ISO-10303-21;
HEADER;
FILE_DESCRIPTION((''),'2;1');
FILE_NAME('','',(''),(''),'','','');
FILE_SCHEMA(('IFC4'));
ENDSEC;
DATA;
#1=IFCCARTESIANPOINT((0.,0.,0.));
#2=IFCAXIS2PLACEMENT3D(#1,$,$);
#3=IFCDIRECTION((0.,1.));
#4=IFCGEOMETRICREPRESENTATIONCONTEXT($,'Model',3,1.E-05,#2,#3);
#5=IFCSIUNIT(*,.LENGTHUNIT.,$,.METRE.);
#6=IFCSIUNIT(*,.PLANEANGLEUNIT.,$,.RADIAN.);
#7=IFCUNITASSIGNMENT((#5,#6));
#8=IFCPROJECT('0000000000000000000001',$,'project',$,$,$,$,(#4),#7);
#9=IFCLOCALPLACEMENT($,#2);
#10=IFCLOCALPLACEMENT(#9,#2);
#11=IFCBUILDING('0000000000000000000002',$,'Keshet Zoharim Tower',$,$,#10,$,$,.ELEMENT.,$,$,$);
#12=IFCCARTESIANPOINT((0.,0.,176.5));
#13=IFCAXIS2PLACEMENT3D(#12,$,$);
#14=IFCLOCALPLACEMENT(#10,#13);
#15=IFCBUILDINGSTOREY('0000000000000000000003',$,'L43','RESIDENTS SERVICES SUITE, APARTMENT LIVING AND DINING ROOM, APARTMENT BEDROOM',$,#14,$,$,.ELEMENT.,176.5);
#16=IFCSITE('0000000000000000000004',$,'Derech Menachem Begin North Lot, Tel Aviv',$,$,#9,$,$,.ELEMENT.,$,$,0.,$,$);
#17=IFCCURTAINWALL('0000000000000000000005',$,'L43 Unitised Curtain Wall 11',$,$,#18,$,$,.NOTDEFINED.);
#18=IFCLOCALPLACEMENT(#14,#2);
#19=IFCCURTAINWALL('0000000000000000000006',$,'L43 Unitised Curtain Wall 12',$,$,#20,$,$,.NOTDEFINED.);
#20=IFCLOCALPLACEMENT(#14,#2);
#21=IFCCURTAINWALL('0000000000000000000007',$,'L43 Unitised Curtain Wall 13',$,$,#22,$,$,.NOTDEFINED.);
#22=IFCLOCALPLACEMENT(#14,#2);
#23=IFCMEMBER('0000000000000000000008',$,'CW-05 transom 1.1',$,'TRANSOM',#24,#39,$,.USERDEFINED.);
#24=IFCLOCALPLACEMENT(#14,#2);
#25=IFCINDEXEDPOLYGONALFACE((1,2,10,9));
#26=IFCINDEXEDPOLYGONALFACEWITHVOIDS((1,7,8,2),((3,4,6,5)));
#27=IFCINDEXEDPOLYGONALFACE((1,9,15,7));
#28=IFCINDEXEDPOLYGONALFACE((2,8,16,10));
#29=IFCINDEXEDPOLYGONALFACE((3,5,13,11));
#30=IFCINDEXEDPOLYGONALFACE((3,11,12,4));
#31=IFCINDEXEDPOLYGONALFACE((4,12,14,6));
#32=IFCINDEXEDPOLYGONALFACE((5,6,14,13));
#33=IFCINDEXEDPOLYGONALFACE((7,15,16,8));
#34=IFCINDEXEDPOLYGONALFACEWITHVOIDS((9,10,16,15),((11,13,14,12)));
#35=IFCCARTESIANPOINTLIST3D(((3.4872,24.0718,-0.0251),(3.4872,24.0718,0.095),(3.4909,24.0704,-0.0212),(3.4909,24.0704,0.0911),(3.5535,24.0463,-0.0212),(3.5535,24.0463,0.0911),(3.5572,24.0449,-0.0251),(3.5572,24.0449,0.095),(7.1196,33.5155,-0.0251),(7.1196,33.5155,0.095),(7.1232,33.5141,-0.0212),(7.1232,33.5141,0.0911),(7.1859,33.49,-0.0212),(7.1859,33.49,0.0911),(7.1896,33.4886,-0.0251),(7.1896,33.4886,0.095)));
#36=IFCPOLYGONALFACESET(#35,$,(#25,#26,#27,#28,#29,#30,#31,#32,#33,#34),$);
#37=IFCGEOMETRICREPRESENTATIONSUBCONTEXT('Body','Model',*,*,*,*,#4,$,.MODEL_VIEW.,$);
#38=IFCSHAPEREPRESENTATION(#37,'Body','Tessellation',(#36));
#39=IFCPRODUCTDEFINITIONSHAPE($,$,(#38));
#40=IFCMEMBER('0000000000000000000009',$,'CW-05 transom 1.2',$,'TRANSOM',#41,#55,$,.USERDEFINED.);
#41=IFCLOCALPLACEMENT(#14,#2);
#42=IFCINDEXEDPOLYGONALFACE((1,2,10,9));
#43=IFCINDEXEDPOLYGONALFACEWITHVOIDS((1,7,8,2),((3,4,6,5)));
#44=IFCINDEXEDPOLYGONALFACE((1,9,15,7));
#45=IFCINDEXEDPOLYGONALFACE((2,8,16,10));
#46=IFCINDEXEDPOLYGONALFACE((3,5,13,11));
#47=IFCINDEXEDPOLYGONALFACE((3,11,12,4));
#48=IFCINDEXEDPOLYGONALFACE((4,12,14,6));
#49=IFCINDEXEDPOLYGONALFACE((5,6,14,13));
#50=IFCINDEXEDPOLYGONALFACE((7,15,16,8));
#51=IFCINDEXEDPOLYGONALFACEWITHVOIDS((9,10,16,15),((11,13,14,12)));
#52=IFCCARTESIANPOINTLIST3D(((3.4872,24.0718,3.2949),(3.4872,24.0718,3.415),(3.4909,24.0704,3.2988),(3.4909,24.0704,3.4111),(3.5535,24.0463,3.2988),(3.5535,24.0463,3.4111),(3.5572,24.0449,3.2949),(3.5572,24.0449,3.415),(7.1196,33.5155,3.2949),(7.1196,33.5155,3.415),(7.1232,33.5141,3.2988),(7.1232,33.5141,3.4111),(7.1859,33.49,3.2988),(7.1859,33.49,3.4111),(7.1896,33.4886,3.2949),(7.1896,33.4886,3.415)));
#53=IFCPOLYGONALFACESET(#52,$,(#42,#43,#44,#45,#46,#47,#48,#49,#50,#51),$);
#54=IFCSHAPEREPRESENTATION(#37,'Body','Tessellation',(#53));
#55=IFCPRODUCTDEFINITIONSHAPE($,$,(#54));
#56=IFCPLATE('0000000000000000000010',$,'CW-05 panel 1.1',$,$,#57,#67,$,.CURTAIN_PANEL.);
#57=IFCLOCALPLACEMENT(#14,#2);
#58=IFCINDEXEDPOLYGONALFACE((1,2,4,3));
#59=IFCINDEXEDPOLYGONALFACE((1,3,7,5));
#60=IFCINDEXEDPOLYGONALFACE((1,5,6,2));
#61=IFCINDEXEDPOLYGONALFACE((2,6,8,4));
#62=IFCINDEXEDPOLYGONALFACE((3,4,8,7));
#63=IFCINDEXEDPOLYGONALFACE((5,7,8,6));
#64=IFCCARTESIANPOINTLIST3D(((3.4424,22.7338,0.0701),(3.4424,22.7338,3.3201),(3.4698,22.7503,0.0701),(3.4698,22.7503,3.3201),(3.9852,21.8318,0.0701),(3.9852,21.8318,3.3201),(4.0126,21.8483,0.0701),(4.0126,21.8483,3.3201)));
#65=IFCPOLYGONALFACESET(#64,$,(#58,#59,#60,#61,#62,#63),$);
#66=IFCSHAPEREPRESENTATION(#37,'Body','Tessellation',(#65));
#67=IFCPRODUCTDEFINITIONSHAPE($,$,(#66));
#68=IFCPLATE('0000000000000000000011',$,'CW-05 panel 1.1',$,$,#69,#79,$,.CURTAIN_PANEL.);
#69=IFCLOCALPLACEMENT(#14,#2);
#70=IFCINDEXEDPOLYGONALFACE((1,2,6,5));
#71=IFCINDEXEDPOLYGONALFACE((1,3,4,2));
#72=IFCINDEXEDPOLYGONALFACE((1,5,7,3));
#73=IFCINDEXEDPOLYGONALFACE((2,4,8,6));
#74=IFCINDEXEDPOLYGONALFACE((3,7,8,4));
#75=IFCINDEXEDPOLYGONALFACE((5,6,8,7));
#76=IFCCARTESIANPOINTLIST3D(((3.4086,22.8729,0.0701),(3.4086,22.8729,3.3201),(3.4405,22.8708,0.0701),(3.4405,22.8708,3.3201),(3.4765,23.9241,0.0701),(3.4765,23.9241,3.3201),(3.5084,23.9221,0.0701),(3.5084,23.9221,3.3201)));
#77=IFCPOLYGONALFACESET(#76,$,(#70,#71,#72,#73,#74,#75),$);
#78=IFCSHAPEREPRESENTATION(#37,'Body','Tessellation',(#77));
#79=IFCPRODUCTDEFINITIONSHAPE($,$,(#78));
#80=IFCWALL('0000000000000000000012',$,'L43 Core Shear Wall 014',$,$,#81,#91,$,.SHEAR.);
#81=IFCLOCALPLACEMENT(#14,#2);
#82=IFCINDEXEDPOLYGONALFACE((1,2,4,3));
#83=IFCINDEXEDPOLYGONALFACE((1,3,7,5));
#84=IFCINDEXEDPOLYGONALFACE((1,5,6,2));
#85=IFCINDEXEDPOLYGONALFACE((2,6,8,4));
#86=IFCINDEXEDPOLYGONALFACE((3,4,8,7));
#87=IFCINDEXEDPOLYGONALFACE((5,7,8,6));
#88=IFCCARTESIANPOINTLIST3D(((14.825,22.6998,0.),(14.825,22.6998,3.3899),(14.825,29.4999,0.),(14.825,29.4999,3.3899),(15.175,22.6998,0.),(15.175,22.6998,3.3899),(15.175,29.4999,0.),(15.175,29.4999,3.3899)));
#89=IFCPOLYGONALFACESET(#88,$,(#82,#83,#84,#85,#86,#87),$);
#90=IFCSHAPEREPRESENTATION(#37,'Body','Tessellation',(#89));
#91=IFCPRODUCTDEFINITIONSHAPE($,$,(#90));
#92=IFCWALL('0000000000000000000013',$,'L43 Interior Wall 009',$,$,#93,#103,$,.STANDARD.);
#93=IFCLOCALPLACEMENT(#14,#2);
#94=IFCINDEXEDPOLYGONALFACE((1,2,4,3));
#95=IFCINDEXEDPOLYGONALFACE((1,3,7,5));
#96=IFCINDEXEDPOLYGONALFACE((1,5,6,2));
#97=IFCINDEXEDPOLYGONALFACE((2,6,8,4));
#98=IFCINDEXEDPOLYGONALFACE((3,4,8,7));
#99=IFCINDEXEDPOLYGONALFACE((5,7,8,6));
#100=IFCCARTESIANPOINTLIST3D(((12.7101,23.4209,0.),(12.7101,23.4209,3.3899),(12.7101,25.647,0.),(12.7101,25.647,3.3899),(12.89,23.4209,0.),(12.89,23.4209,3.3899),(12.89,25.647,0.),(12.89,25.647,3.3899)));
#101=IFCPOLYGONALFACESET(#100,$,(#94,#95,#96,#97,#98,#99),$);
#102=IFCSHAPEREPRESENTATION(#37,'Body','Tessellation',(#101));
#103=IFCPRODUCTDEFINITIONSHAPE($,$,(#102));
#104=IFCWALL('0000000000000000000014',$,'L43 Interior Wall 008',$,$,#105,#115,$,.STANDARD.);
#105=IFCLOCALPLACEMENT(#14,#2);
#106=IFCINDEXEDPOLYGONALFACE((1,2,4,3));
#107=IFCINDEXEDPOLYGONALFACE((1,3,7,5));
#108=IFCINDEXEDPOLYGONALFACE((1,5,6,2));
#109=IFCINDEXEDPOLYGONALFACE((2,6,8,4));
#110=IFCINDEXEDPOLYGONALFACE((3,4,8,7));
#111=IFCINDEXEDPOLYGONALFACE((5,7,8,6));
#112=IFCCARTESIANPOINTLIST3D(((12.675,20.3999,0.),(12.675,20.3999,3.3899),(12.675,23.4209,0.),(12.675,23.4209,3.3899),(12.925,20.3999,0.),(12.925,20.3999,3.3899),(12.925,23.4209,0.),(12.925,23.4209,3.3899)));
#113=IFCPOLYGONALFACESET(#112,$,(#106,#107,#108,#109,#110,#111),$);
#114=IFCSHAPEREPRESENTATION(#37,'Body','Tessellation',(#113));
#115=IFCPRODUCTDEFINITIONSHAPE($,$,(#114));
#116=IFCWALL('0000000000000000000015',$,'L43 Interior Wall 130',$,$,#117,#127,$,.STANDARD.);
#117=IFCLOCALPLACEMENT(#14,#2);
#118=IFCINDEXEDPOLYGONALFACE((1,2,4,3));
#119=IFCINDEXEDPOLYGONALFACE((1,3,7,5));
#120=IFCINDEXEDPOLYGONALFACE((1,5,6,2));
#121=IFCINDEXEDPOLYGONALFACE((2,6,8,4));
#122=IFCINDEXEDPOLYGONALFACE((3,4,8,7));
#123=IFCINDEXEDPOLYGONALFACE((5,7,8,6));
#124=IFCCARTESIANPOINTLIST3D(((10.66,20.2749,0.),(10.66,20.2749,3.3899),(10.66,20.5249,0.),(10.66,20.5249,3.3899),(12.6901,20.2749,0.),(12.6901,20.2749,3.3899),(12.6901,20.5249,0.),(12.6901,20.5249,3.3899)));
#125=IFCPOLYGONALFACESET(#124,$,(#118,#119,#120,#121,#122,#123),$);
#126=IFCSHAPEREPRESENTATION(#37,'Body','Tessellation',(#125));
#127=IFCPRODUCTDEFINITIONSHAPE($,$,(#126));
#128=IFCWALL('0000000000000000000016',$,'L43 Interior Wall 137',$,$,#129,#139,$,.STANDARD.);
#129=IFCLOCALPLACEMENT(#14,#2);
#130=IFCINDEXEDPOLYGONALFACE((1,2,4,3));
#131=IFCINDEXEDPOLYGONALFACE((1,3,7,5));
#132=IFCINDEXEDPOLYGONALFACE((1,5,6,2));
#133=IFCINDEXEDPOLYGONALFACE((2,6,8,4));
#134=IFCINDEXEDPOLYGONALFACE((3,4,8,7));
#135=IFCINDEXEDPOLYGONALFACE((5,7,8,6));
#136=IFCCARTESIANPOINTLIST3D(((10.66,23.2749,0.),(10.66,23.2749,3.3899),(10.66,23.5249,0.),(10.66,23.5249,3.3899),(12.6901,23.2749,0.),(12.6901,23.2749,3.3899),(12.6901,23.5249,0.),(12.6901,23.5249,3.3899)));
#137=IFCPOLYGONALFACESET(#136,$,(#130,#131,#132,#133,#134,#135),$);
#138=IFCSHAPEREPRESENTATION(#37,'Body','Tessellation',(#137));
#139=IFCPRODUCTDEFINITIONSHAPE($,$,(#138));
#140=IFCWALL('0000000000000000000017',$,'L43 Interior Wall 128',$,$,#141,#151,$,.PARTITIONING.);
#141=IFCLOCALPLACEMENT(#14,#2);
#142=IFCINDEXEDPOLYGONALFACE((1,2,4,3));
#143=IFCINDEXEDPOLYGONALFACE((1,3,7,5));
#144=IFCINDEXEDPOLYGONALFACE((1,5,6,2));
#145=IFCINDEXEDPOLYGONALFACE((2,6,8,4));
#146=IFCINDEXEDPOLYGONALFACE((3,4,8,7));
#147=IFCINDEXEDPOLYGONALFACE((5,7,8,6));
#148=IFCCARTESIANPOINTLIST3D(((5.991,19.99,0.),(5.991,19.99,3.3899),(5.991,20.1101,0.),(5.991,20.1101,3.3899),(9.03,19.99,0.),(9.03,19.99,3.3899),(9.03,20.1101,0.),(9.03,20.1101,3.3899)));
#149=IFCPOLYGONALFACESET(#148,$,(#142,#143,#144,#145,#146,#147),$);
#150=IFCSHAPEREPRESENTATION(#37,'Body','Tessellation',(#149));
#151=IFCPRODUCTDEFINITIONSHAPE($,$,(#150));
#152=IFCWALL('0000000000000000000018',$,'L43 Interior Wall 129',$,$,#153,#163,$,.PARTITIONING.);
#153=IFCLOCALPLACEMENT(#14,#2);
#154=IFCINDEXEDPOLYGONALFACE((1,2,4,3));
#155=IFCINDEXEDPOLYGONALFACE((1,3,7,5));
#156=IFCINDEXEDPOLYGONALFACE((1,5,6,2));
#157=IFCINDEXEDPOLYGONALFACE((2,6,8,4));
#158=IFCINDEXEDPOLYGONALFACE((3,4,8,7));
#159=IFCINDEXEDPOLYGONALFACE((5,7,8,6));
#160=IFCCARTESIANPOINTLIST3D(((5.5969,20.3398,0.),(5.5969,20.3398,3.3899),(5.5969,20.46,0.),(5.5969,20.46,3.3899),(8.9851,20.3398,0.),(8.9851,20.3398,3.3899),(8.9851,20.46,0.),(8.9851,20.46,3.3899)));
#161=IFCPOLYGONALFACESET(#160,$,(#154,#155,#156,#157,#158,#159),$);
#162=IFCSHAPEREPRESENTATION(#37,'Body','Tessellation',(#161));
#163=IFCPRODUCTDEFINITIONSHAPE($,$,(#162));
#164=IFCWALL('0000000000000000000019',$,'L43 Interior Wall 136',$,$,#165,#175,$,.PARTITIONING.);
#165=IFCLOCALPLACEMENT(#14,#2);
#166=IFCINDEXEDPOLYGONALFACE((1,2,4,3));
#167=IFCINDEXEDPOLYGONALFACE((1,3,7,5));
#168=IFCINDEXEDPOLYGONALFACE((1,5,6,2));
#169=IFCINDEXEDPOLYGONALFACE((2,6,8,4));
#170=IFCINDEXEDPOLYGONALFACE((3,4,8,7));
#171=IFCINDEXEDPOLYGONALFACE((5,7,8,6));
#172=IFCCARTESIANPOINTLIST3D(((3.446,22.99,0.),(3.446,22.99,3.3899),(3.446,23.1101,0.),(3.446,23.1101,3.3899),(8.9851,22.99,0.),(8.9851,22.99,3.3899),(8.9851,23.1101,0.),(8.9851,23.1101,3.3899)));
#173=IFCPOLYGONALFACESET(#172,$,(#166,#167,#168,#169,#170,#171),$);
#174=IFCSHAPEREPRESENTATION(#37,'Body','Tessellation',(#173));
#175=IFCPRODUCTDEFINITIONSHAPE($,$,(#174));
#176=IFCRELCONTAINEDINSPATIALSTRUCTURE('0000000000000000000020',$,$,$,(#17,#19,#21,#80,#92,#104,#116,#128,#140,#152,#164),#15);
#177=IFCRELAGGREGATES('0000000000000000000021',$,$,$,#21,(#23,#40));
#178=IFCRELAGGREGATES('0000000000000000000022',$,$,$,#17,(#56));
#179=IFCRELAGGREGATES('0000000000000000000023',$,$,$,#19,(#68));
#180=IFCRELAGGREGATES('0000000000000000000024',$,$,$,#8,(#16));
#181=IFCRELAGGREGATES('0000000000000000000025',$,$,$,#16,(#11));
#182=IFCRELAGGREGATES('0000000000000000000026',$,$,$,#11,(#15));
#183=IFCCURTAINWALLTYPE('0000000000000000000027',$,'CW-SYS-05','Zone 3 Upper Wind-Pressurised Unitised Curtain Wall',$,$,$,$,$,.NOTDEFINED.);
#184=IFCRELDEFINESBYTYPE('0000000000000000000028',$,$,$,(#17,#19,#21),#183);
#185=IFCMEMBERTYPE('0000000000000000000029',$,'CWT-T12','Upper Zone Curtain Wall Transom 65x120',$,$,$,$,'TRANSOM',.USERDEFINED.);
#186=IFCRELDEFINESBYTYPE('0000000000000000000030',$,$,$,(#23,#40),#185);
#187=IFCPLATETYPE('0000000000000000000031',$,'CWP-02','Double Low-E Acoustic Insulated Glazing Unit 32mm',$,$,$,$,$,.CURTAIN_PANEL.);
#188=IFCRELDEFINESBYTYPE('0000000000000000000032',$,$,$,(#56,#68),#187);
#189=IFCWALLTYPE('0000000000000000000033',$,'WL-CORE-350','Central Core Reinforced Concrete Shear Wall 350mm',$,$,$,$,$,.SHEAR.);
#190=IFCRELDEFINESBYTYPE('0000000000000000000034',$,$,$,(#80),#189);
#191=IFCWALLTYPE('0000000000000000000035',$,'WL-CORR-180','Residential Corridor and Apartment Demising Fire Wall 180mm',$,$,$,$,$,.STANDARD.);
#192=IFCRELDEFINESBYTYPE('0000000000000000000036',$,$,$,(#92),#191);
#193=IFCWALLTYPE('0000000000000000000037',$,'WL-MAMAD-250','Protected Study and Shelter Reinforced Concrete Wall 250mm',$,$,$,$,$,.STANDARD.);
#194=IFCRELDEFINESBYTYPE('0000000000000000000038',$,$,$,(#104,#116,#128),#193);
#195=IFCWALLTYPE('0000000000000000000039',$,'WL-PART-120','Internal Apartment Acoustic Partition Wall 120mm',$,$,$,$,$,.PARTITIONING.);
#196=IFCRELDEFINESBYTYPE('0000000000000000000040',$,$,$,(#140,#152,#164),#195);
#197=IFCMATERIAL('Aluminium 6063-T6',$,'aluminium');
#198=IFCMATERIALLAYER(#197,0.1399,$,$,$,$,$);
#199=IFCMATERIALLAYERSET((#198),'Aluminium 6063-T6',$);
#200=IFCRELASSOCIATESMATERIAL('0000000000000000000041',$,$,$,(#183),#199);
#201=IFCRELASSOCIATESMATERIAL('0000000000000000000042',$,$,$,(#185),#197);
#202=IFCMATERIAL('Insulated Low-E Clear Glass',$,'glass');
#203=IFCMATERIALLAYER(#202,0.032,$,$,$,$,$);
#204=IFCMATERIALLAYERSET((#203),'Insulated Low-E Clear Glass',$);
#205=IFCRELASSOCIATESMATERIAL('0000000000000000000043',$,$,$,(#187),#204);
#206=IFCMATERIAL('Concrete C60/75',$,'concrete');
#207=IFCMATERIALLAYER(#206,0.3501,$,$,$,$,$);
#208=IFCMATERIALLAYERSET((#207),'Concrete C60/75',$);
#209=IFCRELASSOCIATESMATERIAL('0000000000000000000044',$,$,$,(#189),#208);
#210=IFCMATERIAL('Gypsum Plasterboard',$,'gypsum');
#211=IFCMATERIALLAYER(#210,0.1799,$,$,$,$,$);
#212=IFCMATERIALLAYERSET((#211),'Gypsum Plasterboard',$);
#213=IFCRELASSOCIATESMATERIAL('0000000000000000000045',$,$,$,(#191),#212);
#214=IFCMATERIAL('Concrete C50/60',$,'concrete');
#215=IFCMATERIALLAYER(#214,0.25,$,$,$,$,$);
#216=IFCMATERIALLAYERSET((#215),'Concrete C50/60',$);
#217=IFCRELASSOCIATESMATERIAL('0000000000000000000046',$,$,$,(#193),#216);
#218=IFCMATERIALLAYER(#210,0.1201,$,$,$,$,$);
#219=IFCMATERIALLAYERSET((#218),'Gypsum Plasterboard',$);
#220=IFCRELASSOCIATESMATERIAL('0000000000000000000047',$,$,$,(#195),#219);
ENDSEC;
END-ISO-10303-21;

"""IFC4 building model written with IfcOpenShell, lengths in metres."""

from ifc_helpers import new_model, si_unit, direction, frame, frame_2d, origin, origin_2d, place, context, subcontext, project, spatial, rectangle, hollow_rectangle, extrude, material, layer, layer_set, material_profile, profile_set, type_object, element, aggregate, save


model = new_model("IFC4")

# Units and contexts
model_context = context("Model", 3, precision=1e-05, world=origin(), true_north=direction((0.0, 1.0)))
body_context = subcontext(model_context, "Body", "Model", "MODEL_VIEW")
ifc_project = project(units=[si_unit("LENGTHUNIT", "METRE"), si_unit("PLANEANGLEUNIT", "RADIAN")], contexts=[model_context])

# Site, building, storey
site_placement = place(None, origin())
site = spatial("IfcSite", under=ifc_project, at=site_placement, Name="Derech Menachem Begin North Lot, Tel Aviv", CompositionType="ELEMENT", RefElevation=0.0)
building_placement = place(site_placement, origin())
building = spatial("IfcBuilding", under=site, at=building_placement, Name="Keshet Zoharim Tower", CompositionType="ELEMENT")
storey_placement = place(building_placement, frame((0.0, 0.0, 176.5)))
storey = spatial("IfcBuildingStorey", under=building, at=storey_placement, Name="L43", Description="RESIDENTS SERVICES SUITE, APARTMENT LIVING AND DINING ROOM, APARTMENT BEDROOM", CompositionType="ELEMENT", Elevation=176.5)

# Shared definitions
ifc_material_1 = material(Name="Concrete C60/75", Category="concrete")

# Shared definitions
ifc_material_2 = material(Name="Aluminium 6063-T6", Category="aluminium")
ifc_layer_1 = layer(ifc_material_2, 0.1399)
ifc_layer_set_1 = layer_set([ifc_layer_1], Name="Aluminium 6063-T6")
curtain_wall_type = type_object("IfcCurtainWallType", Name="CW-SYS-05", Description="Zone 3 Upper Wind-Pressurised Unitised Curtain Wall", PredefinedType="NOTDEFINED", material=ifc_layer_set_1)

# Curtain walls
curtain_wall_1_placement = place(storey_placement, origin())
curtain_wall_1 = element("IfcCurtainWall", 1, at=curtain_wall_1_placement, inside=storey, type_object=curtain_wall_type, Name="L43 Unitised Curtain Wall 11", PredefinedType="NOTDEFINED")
curtain_wall_2_placement = place(storey_placement, origin())
curtain_wall_2 = element("IfcCurtainWall", 2, at=curtain_wall_2_placement, inside=storey, type_object=curtain_wall_type, Name="L43 Unitised Curtain Wall 12", PredefinedType="NOTDEFINED")

# Curtain wall
curtain_wall_3_placement = place(storey_placement, origin())
curtain_wall_3 = element("IfcCurtainWall", 3, at=curtain_wall_3_placement, inside=storey, type_object=curtain_wall_type, Name="L43 Unitised Curtain Wall 13", PredefinedType="NOTDEFINED")

# Members
ifc_material_profile_1 = material_profile(ifc_material_2, hollow_rectangle(XDim=0.075, YDim=0.1201, WallThickness=0.0039, at=origin_2d()), Name="TRN-75x120")
ifc_profile_set_1 = profile_set([ifc_material_profile_1], Name="Aluminium 6063-T6")
member_type_1 = type_object("IfcMemberType", Name="CWT-T12", Description="Upper Zone Curtain Wall Transom 65x120", ElementType="TRANSOM", PredefinedType="USERDEFINED", material=ifc_profile_set_1)
member_1_placement = place(storey_placement, frame((3.5222, 24.0583, 0.0349), z_axis=(0.358994, 0.93334, 0.0), x_axis=(-0.93334, 0.358994, 0.0)))
member_1 = element("IfcMember", 4, at=member_1_placement, type_object=member_type_1, Name="CW-05 transom 1.1", ObjectType="TRANSOM", PredefinedType="USERDEFINED", context=body_context, shape_type="SweptSolid", body=[
    extrude(hollow_rectangle(XDim=0.075, YDim=0.1201, WallThickness=0.0039, at=origin_2d()), origin(), (0.0, 0.0, 1.0), 10.1182),
])
member_2_placement = place(storey_placement, frame((3.5222, 24.0583, 3.355), z_axis=(0.358994, 0.93334, 0.0), x_axis=(-0.93334, 0.358994, 0.0)))
member_2 = element("IfcMember", 5, at=member_2_placement, type_object=member_type_1, Name="CW-05 transom 1.2", ObjectType="TRANSOM", PredefinedType="USERDEFINED", context=body_context, shape_type="SweptSolid", body=[
    extrude(hollow_rectangle(XDim=0.075, YDim=0.1201, WallThickness=0.0039, at=origin_2d()), origin(), (0.0, 0.0, 1.0), 10.1182),
])
aggregate(curtain_wall_3, [member_1, member_2])

# Plates
ifc_material_3 = material(Name="Insulated Low-E Clear Glass", Category="glass")
ifc_layer_2 = layer(ifc_material_3, 0.032)
ifc_layer_set_2 = layer_set([ifc_layer_2], Name="Insulated Low-E Clear Glass")
plate_type = type_object("IfcPlateType", Name="CWP-02", Description="Double Low-E Acoustic Insulated Glazing Unit 32mm", PredefinedType="CURTAIN_PANEL", material=ifc_layer_set_2)
plate_1_placement = place(storey_placement, frame((3.7275, 22.291, 0.0701), z_axis=(0.0, 0.0, 1.0), x_axis=(-0.515605, 0.856826, 0.0)))
plate_1 = element("IfcPlate", 6, at=plate_1_placement, type_object=plate_type, Name="CW-05 panel 1.1", PredefinedType="CURTAIN_PANEL", context=body_context, shape_type="SweptSolid", body=[
    extrude(rectangle(XDim=1.0527, YDim=0.032, at=origin_2d()), origin(), (0.0, 0.0, 1.0), 3.25),
])
aggregate(curtain_wall_1, [plate_1])
plate_2_placement = place(storey_placement, frame((3.4585, 23.3975, 0.0701), z_axis=(0.0, 0.0, 1.0), x_axis=(0.064517, 0.997917, 0.0)))
plate_2 = element("IfcPlate", 7, at=plate_2_placement, type_object=plate_type, Name="CW-05 panel 1.1", PredefinedType="CURTAIN_PANEL", context=body_context, shape_type="SweptSolid", body=[
    extrude(rectangle(XDim=1.0535, YDim=0.032, at=origin_2d()), origin(), (0.0, 0.0, 1.0), 3.25),
])
aggregate(curtain_wall_2, [plate_2])

# Walls
ifc_layer_3 = layer(ifc_material_1, 0.3501)
ifc_layer_set_3 = layer_set([ifc_layer_3], Name="Concrete C60/75")
wall_type_1 = type_object("IfcWallType", Name="WL-CORE-350", Description="Central Core Reinforced Concrete Shear Wall 350mm", PredefinedType="SHEAR", material=ifc_layer_set_3)
wall_1_placement = place(storey_placement, frame((15.0, 22.7, 0.0), z_axis=(0.0, 0.0, 1.0), x_axis=(0.0, 1.0, 0.0)))
element("IfcWall", 8, at=wall_1_placement, inside=storey, type_object=wall_type_1, Name="L43 Core Shear Wall 014", PredefinedType="SHEAR", context=body_context, shape_type="SweptSolid", body=[
    extrude(rectangle(XDim=6.8, YDim=0.3501, at=frame_2d((3.3999, 0.0))), origin(), (0.0, 0.0, 1.0), 3.3899),
])
ifc_material_4 = material(Name="Gypsum Plasterboard", Category="gypsum")
ifc_layer_4 = layer(ifc_material_4, 0.1799)
ifc_layer_set_4 = layer_set([ifc_layer_4], Name="Gypsum Plasterboard")
wall_type_2 = type_object("IfcWallType", Name="WL-CORR-180", Description="Residential Corridor and Apartment Demising Fire Wall 180mm", PredefinedType="STANDARD", material=ifc_layer_set_4)
wall_2_placement = place(storey_placement, frame((12.8, 23.4209, 0.0), z_axis=(0.0, 0.0, 1.0), x_axis=(0.0, 1.0, 0.0)))
element("IfcWall", 9, at=wall_2_placement, inside=storey, type_object=wall_type_2, Name="L43 Interior Wall 009", PredefinedType="STANDARD", context=body_context, shape_type="SweptSolid", body=[
    extrude(rectangle(XDim=2.2261, YDim=0.1799, at=frame_2d((1.113, 0.0))), origin(), (0.0, 0.0, 1.0), 3.3899),
])

# Shared definitions
ifc_material_5 = material(Name="Concrete C50/60", Category="concrete")
ifc_layer_5 = layer(ifc_material_5, 0.25)
ifc_layer_set_5 = layer_set([ifc_layer_5], Name="Concrete C50/60")
wall_type_3 = type_object("IfcWallType", Name="WL-MAMAD-250", Description="Protected Study and Shelter Reinforced Concrete Wall 250mm", PredefinedType="STANDARD", material=ifc_layer_set_5)

# Walls
wall_3_placement = place(storey_placement, frame((12.8, 20.3999, 0.0), z_axis=(0.0, 0.0, 1.0), x_axis=(0.0, 1.0, 0.0)))
element("IfcWall", 10, at=wall_3_placement, inside=storey, type_object=wall_type_3, Name="L43 Interior Wall 008", PredefinedType="STANDARD", context=body_context, shape_type="SweptSolid", body=[
    extrude(rectangle(XDim=3.021, YDim=0.25, at=frame_2d((1.5105, 0.0))), origin(), (0.0, 0.0, 1.0), 3.3899),
])
for number, where, z_axis, x_axis, name in (
    (11, (10.6599, 20.3999, 0.0), (0.0, 0.0, 1.0), (1.0, 0.0, 0.0), "L43 Interior Wall 130"),
    (12, (10.6599, 23.3999, 0.0), (0.0, 0.0, 1.0), (1.0, 0.0, 0.0), "L43 Interior Wall 137"),
):
    element("IfcWall", number, at=place(storey_placement, frame(where, z_axis=z_axis, x_axis=x_axis)), inside=storey, type_object=wall_type_3, Name=name, PredefinedType="STANDARD", context=body_context, shape_type="SweptSolid", body=[
        extrude(rectangle(XDim=2.03, YDim=0.25, at=frame_2d((1.0151, 0.0))), origin(), (0.0, 0.0, 1.0), 3.3899),
    ])

# Shared definitions
ifc_layer_6 = layer(ifc_material_4, 0.1201)
ifc_layer_set_6 = layer_set([ifc_layer_6], Name="Gypsum Plasterboard")
wall_type_4 = type_object("IfcWallType", Name="WL-PART-120", Description="Internal Apartment Acoustic Partition Wall 120mm", PredefinedType="PARTITIONING", material=ifc_layer_set_6)

# Walls
wall_4_placement = place(storey_placement, frame((5.991, 20.05, 0.0), z_axis=(0.0, 0.0, 1.0), x_axis=(1.0, 0.0, 0.0)))
element("IfcWall", 13, at=wall_4_placement, inside=storey, type_object=wall_type_4, Name="L43 Interior Wall 128", PredefinedType="PARTITIONING", context=body_context, shape_type="SweptSolid", body=[
    extrude(rectangle(XDim=3.0391, YDim=0.1201, at=frame_2d((1.5195, 0.0))), origin(), (0.0, 0.0, 1.0), 3.3899),
])
wall_5_placement = place(storey_placement, frame((5.5969, 20.3999, 0.0), z_axis=(0.0, 0.0, 1.0), x_axis=(1.0, 0.0, 0.0)))
element("IfcWall", 14, at=wall_5_placement, inside=storey, type_object=wall_type_4, Name="L43 Interior Wall 129", PredefinedType="PARTITIONING", context=body_context, shape_type="SweptSolid", body=[
    extrude(rectangle(XDim=3.3882, YDim=0.1201, at=frame_2d((1.6941, 0.0))), origin(), (0.0, 0.0, 1.0), 3.3899),
])
wall_6_placement = place(storey_placement, frame((3.446, 23.05, 0.0), z_axis=(0.0, 0.0, 1.0), x_axis=(1.0, 0.0, 0.0)))
element("IfcWall", 15, at=wall_6_placement, inside=storey, type_object=wall_type_4, Name="L43 Interior Wall 136", PredefinedType="PARTITIONING", context=body_context, shape_type="SweptSolid", body=[
    extrude(rectangle(XDim=5.5391, YDim=0.1201, at=frame_2d((2.7695, 0.0))), origin(), (0.0, 0.0, 1.0), 3.3899),
])

save(model, "model.ifc")
